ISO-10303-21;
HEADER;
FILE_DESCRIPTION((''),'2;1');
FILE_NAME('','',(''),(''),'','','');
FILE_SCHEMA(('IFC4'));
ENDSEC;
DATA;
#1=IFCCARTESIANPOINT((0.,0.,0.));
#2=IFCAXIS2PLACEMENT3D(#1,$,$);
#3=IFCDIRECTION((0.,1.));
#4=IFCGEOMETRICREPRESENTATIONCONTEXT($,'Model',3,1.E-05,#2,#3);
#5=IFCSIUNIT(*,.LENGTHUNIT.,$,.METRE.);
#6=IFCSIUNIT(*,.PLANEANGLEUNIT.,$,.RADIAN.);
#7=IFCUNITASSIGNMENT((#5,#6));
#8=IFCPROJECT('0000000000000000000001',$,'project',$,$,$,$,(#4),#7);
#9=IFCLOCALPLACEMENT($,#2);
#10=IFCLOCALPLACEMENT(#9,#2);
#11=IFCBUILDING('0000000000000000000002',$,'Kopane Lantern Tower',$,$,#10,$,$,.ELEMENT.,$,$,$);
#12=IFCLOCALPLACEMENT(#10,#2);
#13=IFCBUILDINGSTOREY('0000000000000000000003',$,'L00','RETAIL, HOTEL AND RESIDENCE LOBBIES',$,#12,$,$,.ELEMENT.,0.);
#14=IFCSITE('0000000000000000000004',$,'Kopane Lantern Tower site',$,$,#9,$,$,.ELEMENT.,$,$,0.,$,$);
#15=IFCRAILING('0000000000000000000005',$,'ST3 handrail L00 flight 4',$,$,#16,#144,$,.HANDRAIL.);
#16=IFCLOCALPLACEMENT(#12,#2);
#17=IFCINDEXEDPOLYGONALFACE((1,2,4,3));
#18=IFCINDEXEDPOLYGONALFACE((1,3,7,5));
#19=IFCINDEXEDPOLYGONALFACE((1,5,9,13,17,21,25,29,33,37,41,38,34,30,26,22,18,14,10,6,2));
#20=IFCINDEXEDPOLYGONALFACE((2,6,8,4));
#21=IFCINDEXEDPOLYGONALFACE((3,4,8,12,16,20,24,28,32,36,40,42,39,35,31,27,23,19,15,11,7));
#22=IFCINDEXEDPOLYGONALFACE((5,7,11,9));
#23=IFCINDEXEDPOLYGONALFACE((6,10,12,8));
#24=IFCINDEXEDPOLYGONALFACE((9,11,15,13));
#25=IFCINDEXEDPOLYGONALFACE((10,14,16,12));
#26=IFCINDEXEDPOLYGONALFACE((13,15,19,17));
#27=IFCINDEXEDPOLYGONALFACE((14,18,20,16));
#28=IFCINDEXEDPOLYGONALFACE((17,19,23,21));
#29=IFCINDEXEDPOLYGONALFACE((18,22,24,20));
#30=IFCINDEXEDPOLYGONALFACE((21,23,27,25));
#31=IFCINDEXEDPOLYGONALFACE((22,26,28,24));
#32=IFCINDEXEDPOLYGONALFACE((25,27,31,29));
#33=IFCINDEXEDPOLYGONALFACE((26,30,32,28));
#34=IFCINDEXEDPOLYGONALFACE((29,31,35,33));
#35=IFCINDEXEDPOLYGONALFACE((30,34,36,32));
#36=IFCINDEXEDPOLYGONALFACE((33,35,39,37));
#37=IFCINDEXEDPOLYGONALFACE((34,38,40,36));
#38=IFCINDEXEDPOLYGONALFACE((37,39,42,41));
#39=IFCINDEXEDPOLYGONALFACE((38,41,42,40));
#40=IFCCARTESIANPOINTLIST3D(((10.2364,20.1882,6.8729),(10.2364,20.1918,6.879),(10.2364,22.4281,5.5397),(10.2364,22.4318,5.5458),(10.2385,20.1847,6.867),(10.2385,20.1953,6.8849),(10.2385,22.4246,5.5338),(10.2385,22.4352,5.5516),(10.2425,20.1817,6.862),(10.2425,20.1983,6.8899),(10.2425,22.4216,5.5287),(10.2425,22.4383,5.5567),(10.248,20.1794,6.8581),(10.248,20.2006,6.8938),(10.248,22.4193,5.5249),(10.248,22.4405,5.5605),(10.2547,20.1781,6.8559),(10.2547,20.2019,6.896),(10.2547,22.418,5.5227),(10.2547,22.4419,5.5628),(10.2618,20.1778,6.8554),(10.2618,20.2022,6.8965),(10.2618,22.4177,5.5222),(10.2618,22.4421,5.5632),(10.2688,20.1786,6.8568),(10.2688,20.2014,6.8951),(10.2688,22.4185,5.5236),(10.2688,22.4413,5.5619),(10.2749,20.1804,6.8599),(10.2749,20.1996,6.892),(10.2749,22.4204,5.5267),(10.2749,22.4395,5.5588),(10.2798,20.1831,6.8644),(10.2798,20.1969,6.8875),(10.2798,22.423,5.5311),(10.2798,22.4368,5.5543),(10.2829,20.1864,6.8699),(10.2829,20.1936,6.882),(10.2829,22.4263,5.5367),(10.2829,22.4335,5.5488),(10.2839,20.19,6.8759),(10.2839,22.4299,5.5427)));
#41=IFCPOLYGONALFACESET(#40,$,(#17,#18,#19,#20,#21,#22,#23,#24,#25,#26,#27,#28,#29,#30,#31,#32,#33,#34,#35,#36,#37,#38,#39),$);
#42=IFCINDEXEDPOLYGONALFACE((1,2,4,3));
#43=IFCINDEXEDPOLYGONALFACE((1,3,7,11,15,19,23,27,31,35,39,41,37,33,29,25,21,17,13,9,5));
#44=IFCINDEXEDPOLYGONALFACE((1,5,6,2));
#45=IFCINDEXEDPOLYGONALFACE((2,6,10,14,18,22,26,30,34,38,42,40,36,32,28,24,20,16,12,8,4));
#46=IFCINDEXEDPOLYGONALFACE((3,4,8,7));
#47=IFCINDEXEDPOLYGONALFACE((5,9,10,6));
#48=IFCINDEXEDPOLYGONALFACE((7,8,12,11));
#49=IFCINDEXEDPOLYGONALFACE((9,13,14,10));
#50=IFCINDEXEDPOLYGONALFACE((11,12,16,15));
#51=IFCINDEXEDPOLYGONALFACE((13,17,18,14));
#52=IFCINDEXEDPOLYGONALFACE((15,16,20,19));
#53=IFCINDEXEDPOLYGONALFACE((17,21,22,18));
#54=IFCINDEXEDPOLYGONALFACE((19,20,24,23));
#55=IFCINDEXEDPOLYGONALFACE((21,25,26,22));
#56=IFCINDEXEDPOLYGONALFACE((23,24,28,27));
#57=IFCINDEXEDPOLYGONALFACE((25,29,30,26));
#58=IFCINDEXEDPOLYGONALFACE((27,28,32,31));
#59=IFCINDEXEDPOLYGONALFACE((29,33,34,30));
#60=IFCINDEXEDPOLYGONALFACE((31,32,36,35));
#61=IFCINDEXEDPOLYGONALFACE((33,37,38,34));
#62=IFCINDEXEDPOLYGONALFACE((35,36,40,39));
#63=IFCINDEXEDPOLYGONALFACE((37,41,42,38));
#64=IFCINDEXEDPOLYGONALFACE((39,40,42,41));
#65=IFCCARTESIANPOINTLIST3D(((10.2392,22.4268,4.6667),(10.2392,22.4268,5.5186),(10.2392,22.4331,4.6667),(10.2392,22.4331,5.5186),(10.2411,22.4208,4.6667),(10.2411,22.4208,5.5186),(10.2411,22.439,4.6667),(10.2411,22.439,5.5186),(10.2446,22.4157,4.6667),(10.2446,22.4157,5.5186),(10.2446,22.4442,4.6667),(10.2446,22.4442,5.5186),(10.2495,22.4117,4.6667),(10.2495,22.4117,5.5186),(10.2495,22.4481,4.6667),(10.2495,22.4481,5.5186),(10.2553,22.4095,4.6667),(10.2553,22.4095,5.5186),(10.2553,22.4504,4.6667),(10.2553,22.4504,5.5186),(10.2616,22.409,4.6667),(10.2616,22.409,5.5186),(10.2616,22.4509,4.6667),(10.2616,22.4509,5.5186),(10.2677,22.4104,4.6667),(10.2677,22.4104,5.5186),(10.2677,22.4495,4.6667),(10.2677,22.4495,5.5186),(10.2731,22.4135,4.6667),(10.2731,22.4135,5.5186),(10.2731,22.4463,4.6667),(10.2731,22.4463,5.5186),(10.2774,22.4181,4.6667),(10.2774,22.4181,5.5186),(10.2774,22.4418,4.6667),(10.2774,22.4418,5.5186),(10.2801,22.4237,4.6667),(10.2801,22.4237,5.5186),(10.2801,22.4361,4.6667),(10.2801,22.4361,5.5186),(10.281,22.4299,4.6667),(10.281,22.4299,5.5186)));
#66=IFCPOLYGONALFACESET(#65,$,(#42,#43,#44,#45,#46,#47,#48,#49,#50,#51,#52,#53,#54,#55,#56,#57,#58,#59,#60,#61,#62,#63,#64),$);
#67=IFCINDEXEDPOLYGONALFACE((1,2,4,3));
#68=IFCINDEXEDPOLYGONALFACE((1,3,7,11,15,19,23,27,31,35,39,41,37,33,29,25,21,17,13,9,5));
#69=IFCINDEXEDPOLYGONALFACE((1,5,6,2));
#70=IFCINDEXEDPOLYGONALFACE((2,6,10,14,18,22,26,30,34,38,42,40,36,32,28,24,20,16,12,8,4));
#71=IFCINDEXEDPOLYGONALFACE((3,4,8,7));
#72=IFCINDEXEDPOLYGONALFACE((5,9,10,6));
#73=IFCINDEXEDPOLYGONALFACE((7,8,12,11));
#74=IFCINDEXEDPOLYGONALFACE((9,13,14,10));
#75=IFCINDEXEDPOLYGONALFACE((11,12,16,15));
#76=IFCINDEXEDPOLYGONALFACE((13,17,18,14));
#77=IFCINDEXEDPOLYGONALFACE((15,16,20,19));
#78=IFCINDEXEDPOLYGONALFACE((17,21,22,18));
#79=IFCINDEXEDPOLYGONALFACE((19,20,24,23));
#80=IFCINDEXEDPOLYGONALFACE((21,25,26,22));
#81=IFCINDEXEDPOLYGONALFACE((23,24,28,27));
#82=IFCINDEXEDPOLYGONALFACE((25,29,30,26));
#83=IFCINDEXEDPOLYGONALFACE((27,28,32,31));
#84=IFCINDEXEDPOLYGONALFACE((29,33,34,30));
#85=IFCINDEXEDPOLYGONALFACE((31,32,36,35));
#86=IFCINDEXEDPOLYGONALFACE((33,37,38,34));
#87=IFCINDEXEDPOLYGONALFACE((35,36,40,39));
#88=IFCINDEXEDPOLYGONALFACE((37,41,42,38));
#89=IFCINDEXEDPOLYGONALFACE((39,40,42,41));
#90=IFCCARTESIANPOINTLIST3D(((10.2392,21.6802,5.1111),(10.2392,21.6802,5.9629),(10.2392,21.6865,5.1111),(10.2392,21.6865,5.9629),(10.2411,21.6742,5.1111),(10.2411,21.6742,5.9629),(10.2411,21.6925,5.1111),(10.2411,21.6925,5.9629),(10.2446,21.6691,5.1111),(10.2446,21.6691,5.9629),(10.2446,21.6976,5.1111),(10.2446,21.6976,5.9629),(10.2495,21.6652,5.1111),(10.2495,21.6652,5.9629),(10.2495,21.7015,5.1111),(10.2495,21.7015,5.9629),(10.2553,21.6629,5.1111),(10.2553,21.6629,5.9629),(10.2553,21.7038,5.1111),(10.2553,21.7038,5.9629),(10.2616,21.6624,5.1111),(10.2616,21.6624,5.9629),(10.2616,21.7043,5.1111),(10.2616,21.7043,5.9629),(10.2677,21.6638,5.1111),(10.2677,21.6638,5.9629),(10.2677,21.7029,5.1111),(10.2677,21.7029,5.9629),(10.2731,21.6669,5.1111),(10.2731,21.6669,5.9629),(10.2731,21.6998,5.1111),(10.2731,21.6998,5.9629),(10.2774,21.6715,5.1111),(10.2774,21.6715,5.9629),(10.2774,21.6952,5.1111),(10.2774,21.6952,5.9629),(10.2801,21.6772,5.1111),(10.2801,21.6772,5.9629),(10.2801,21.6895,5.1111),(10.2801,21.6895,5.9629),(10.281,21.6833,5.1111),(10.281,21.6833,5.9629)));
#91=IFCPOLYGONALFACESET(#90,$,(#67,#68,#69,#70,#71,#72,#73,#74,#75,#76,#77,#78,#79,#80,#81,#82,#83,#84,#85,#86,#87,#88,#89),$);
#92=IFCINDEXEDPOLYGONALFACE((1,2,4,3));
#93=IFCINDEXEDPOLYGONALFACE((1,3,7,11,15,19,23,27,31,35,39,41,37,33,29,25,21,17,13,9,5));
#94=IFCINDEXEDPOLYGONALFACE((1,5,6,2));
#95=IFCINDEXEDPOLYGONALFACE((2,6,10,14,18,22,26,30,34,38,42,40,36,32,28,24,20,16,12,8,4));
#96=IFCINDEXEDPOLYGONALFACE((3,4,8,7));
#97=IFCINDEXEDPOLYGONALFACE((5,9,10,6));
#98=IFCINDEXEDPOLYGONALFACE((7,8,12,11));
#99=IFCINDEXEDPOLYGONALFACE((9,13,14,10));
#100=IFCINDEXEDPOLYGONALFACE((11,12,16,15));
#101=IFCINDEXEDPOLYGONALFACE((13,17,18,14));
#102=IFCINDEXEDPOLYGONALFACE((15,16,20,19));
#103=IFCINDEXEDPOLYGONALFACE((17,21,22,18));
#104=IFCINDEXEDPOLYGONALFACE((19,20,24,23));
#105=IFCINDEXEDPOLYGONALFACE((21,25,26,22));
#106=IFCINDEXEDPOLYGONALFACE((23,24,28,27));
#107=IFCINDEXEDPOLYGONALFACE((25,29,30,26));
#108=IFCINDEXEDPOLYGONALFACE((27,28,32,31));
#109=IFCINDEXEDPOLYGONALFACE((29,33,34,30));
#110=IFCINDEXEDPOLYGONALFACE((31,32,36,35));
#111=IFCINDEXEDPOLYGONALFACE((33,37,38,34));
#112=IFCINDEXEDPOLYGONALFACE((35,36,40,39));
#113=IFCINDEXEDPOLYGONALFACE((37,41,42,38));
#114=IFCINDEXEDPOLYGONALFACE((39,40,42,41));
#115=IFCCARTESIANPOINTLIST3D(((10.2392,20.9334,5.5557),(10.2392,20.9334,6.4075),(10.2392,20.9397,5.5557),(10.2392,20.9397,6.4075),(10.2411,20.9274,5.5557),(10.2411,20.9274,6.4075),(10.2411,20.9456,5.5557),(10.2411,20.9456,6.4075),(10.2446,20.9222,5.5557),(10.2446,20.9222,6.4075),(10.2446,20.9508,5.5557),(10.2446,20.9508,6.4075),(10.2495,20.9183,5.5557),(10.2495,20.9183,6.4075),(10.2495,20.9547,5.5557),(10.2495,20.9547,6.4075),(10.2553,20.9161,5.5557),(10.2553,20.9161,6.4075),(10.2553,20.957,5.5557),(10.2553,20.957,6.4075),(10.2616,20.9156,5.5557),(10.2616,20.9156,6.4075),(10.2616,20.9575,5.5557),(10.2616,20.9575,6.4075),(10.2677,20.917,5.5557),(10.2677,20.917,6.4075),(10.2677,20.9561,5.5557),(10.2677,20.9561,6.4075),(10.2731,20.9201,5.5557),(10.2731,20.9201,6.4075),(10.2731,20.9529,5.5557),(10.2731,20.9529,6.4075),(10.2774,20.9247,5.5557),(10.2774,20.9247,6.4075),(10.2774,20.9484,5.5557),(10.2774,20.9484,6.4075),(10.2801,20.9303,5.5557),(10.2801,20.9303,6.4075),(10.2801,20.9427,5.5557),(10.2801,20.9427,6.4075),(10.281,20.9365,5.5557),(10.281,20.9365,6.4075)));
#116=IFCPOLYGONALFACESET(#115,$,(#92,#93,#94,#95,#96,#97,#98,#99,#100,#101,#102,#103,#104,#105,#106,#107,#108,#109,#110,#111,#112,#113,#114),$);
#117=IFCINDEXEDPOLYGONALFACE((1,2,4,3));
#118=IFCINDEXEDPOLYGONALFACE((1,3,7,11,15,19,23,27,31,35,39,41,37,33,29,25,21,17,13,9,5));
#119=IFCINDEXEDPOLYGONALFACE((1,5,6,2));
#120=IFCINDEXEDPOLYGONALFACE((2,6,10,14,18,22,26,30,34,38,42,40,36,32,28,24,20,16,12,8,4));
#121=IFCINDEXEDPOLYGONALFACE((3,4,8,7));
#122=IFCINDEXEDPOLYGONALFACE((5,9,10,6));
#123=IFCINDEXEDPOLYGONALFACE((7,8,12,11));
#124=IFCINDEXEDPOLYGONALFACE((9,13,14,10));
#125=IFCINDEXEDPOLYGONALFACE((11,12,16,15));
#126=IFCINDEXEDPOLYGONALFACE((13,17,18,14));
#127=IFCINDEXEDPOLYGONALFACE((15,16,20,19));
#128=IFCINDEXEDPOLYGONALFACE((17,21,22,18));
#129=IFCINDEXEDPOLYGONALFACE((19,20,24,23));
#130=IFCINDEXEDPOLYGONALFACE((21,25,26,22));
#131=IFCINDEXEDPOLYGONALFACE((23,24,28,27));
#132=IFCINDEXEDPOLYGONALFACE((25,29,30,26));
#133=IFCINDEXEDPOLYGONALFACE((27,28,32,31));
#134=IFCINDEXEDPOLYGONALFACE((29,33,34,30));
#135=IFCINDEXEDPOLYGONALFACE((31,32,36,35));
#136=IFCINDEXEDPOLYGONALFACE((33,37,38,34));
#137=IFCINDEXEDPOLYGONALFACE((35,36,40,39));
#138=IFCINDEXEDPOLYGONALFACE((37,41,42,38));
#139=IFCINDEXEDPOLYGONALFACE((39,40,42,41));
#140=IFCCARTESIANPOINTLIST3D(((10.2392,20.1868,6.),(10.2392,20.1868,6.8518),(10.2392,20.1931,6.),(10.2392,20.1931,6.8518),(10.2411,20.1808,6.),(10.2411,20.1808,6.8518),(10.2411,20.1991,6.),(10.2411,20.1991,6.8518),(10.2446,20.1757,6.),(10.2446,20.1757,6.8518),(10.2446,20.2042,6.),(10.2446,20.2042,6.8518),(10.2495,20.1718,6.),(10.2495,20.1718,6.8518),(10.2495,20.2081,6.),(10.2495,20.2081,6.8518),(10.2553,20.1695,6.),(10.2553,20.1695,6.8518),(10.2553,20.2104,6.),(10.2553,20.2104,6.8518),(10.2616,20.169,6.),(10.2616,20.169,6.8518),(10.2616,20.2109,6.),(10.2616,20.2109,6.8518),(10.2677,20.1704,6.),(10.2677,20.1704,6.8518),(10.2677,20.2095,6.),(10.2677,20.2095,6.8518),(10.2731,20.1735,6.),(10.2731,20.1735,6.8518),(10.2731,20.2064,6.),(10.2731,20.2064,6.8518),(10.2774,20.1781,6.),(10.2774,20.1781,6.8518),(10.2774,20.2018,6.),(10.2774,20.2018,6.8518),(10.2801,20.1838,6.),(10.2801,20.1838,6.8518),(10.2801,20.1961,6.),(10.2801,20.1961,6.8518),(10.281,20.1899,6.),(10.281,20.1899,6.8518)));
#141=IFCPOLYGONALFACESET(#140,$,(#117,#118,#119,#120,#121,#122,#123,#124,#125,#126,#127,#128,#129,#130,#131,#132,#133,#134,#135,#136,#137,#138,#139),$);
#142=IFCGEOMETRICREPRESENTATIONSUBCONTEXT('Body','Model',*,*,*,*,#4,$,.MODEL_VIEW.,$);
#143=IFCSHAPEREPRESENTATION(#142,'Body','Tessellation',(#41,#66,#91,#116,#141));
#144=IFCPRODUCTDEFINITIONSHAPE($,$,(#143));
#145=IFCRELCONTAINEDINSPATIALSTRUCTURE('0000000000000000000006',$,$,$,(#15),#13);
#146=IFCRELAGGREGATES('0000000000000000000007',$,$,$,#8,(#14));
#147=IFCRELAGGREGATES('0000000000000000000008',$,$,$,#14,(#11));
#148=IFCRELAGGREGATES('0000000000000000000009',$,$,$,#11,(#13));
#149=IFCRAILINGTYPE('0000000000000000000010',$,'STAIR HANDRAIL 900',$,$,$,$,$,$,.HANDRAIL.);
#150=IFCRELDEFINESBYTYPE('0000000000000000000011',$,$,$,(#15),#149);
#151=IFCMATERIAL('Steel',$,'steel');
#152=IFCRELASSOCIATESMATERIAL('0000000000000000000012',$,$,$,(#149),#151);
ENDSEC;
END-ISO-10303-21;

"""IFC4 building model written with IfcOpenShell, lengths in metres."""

from ifc_helpers import new_model, si_unit, direction, frame, origin, origin_2d, place, context, subcontext, project, spatial, circle, extrude, material, type_object, element, save


model = new_model("IFC4")

# Units and contexts
model_context = context("Model", 3, precision=1e-05, world=origin(), true_north=direction((0.0, 1.0)))
body_context = subcontext(model_context, "Body", "Model", "MODEL_VIEW")
ifc_project = project(units=[si_unit("LENGTHUNIT", "METRE"), si_unit("PLANEANGLEUNIT", "RADIAN")], contexts=[model_context])

# Site, building, storey
site_placement = place(None, origin())
site = spatial("IfcSite", under=ifc_project, at=site_placement, Name="Kopane Lantern Tower site", CompositionType="ELEMENT", RefElevation=0.0)
building_placement = place(site_placement, origin())
building = spatial("IfcBuilding", under=site, at=building_placement, Name="Kopane Lantern Tower", CompositionType="ELEMENT")
storey_placement = place(building_placement, origin())
storey = spatial("IfcBuildingStorey", under=building, at=storey_placement, Name="L00", Description="RETAIL, HOTEL AND RESIDENCE LOBBIES", CompositionType="ELEMENT", Elevation=0.0)

# Railing
ifc_material_1 = material(Name="Steel", Category="steel")
railing_type_1 = type_object("IfcRailingType", Name="STAIR HANDRAIL 900", PredefinedType="HANDRAIL", material=ifc_material_1)
for number, where, name in (
    (1, (10.26, 22.4299, 4.6667), "ST3 handrail L00 flight 4"),
):
    element("IfcRailing", number, at=place(storey_placement, frame(where)), inside=storey, type_object=railing_type_1, Name=name, PredefinedType="HANDRAIL", context=body_context, shape_type="SweptSolid", body=[
        extrude(circle(Radius=0.0239, at=origin_2d()), frame((0.0, 0.0, 0.876), z_axis=(0.0, -0.859306, 0.511462), x_axis=(1.0, 0.0, 0.0)), (0.0, 0.0, 1.0), 2.6067),
        extrude(circle(Radius=0.021, at=origin_2d()), origin(), (0.0, 0.0, 1.0), 0.8518),
        extrude(circle(Radius=0.021, at=origin_2d()), frame((0.0, -0.7466, 0.4443)), (0.0, 0.0, 1.0), 0.8518),
        extrude(circle(Radius=0.021, at=origin_2d()), frame((0.0, -1.4934, 0.8889)), (0.0, 0.0, 1.0), 0.8518),
        extrude(circle(Radius=0.021, at=origin_2d()), frame((0.0, -2.24, 1.3333)), (0.0, 0.0, 1.0), 0.8518),
    ])

save(model, "model.ifc")
